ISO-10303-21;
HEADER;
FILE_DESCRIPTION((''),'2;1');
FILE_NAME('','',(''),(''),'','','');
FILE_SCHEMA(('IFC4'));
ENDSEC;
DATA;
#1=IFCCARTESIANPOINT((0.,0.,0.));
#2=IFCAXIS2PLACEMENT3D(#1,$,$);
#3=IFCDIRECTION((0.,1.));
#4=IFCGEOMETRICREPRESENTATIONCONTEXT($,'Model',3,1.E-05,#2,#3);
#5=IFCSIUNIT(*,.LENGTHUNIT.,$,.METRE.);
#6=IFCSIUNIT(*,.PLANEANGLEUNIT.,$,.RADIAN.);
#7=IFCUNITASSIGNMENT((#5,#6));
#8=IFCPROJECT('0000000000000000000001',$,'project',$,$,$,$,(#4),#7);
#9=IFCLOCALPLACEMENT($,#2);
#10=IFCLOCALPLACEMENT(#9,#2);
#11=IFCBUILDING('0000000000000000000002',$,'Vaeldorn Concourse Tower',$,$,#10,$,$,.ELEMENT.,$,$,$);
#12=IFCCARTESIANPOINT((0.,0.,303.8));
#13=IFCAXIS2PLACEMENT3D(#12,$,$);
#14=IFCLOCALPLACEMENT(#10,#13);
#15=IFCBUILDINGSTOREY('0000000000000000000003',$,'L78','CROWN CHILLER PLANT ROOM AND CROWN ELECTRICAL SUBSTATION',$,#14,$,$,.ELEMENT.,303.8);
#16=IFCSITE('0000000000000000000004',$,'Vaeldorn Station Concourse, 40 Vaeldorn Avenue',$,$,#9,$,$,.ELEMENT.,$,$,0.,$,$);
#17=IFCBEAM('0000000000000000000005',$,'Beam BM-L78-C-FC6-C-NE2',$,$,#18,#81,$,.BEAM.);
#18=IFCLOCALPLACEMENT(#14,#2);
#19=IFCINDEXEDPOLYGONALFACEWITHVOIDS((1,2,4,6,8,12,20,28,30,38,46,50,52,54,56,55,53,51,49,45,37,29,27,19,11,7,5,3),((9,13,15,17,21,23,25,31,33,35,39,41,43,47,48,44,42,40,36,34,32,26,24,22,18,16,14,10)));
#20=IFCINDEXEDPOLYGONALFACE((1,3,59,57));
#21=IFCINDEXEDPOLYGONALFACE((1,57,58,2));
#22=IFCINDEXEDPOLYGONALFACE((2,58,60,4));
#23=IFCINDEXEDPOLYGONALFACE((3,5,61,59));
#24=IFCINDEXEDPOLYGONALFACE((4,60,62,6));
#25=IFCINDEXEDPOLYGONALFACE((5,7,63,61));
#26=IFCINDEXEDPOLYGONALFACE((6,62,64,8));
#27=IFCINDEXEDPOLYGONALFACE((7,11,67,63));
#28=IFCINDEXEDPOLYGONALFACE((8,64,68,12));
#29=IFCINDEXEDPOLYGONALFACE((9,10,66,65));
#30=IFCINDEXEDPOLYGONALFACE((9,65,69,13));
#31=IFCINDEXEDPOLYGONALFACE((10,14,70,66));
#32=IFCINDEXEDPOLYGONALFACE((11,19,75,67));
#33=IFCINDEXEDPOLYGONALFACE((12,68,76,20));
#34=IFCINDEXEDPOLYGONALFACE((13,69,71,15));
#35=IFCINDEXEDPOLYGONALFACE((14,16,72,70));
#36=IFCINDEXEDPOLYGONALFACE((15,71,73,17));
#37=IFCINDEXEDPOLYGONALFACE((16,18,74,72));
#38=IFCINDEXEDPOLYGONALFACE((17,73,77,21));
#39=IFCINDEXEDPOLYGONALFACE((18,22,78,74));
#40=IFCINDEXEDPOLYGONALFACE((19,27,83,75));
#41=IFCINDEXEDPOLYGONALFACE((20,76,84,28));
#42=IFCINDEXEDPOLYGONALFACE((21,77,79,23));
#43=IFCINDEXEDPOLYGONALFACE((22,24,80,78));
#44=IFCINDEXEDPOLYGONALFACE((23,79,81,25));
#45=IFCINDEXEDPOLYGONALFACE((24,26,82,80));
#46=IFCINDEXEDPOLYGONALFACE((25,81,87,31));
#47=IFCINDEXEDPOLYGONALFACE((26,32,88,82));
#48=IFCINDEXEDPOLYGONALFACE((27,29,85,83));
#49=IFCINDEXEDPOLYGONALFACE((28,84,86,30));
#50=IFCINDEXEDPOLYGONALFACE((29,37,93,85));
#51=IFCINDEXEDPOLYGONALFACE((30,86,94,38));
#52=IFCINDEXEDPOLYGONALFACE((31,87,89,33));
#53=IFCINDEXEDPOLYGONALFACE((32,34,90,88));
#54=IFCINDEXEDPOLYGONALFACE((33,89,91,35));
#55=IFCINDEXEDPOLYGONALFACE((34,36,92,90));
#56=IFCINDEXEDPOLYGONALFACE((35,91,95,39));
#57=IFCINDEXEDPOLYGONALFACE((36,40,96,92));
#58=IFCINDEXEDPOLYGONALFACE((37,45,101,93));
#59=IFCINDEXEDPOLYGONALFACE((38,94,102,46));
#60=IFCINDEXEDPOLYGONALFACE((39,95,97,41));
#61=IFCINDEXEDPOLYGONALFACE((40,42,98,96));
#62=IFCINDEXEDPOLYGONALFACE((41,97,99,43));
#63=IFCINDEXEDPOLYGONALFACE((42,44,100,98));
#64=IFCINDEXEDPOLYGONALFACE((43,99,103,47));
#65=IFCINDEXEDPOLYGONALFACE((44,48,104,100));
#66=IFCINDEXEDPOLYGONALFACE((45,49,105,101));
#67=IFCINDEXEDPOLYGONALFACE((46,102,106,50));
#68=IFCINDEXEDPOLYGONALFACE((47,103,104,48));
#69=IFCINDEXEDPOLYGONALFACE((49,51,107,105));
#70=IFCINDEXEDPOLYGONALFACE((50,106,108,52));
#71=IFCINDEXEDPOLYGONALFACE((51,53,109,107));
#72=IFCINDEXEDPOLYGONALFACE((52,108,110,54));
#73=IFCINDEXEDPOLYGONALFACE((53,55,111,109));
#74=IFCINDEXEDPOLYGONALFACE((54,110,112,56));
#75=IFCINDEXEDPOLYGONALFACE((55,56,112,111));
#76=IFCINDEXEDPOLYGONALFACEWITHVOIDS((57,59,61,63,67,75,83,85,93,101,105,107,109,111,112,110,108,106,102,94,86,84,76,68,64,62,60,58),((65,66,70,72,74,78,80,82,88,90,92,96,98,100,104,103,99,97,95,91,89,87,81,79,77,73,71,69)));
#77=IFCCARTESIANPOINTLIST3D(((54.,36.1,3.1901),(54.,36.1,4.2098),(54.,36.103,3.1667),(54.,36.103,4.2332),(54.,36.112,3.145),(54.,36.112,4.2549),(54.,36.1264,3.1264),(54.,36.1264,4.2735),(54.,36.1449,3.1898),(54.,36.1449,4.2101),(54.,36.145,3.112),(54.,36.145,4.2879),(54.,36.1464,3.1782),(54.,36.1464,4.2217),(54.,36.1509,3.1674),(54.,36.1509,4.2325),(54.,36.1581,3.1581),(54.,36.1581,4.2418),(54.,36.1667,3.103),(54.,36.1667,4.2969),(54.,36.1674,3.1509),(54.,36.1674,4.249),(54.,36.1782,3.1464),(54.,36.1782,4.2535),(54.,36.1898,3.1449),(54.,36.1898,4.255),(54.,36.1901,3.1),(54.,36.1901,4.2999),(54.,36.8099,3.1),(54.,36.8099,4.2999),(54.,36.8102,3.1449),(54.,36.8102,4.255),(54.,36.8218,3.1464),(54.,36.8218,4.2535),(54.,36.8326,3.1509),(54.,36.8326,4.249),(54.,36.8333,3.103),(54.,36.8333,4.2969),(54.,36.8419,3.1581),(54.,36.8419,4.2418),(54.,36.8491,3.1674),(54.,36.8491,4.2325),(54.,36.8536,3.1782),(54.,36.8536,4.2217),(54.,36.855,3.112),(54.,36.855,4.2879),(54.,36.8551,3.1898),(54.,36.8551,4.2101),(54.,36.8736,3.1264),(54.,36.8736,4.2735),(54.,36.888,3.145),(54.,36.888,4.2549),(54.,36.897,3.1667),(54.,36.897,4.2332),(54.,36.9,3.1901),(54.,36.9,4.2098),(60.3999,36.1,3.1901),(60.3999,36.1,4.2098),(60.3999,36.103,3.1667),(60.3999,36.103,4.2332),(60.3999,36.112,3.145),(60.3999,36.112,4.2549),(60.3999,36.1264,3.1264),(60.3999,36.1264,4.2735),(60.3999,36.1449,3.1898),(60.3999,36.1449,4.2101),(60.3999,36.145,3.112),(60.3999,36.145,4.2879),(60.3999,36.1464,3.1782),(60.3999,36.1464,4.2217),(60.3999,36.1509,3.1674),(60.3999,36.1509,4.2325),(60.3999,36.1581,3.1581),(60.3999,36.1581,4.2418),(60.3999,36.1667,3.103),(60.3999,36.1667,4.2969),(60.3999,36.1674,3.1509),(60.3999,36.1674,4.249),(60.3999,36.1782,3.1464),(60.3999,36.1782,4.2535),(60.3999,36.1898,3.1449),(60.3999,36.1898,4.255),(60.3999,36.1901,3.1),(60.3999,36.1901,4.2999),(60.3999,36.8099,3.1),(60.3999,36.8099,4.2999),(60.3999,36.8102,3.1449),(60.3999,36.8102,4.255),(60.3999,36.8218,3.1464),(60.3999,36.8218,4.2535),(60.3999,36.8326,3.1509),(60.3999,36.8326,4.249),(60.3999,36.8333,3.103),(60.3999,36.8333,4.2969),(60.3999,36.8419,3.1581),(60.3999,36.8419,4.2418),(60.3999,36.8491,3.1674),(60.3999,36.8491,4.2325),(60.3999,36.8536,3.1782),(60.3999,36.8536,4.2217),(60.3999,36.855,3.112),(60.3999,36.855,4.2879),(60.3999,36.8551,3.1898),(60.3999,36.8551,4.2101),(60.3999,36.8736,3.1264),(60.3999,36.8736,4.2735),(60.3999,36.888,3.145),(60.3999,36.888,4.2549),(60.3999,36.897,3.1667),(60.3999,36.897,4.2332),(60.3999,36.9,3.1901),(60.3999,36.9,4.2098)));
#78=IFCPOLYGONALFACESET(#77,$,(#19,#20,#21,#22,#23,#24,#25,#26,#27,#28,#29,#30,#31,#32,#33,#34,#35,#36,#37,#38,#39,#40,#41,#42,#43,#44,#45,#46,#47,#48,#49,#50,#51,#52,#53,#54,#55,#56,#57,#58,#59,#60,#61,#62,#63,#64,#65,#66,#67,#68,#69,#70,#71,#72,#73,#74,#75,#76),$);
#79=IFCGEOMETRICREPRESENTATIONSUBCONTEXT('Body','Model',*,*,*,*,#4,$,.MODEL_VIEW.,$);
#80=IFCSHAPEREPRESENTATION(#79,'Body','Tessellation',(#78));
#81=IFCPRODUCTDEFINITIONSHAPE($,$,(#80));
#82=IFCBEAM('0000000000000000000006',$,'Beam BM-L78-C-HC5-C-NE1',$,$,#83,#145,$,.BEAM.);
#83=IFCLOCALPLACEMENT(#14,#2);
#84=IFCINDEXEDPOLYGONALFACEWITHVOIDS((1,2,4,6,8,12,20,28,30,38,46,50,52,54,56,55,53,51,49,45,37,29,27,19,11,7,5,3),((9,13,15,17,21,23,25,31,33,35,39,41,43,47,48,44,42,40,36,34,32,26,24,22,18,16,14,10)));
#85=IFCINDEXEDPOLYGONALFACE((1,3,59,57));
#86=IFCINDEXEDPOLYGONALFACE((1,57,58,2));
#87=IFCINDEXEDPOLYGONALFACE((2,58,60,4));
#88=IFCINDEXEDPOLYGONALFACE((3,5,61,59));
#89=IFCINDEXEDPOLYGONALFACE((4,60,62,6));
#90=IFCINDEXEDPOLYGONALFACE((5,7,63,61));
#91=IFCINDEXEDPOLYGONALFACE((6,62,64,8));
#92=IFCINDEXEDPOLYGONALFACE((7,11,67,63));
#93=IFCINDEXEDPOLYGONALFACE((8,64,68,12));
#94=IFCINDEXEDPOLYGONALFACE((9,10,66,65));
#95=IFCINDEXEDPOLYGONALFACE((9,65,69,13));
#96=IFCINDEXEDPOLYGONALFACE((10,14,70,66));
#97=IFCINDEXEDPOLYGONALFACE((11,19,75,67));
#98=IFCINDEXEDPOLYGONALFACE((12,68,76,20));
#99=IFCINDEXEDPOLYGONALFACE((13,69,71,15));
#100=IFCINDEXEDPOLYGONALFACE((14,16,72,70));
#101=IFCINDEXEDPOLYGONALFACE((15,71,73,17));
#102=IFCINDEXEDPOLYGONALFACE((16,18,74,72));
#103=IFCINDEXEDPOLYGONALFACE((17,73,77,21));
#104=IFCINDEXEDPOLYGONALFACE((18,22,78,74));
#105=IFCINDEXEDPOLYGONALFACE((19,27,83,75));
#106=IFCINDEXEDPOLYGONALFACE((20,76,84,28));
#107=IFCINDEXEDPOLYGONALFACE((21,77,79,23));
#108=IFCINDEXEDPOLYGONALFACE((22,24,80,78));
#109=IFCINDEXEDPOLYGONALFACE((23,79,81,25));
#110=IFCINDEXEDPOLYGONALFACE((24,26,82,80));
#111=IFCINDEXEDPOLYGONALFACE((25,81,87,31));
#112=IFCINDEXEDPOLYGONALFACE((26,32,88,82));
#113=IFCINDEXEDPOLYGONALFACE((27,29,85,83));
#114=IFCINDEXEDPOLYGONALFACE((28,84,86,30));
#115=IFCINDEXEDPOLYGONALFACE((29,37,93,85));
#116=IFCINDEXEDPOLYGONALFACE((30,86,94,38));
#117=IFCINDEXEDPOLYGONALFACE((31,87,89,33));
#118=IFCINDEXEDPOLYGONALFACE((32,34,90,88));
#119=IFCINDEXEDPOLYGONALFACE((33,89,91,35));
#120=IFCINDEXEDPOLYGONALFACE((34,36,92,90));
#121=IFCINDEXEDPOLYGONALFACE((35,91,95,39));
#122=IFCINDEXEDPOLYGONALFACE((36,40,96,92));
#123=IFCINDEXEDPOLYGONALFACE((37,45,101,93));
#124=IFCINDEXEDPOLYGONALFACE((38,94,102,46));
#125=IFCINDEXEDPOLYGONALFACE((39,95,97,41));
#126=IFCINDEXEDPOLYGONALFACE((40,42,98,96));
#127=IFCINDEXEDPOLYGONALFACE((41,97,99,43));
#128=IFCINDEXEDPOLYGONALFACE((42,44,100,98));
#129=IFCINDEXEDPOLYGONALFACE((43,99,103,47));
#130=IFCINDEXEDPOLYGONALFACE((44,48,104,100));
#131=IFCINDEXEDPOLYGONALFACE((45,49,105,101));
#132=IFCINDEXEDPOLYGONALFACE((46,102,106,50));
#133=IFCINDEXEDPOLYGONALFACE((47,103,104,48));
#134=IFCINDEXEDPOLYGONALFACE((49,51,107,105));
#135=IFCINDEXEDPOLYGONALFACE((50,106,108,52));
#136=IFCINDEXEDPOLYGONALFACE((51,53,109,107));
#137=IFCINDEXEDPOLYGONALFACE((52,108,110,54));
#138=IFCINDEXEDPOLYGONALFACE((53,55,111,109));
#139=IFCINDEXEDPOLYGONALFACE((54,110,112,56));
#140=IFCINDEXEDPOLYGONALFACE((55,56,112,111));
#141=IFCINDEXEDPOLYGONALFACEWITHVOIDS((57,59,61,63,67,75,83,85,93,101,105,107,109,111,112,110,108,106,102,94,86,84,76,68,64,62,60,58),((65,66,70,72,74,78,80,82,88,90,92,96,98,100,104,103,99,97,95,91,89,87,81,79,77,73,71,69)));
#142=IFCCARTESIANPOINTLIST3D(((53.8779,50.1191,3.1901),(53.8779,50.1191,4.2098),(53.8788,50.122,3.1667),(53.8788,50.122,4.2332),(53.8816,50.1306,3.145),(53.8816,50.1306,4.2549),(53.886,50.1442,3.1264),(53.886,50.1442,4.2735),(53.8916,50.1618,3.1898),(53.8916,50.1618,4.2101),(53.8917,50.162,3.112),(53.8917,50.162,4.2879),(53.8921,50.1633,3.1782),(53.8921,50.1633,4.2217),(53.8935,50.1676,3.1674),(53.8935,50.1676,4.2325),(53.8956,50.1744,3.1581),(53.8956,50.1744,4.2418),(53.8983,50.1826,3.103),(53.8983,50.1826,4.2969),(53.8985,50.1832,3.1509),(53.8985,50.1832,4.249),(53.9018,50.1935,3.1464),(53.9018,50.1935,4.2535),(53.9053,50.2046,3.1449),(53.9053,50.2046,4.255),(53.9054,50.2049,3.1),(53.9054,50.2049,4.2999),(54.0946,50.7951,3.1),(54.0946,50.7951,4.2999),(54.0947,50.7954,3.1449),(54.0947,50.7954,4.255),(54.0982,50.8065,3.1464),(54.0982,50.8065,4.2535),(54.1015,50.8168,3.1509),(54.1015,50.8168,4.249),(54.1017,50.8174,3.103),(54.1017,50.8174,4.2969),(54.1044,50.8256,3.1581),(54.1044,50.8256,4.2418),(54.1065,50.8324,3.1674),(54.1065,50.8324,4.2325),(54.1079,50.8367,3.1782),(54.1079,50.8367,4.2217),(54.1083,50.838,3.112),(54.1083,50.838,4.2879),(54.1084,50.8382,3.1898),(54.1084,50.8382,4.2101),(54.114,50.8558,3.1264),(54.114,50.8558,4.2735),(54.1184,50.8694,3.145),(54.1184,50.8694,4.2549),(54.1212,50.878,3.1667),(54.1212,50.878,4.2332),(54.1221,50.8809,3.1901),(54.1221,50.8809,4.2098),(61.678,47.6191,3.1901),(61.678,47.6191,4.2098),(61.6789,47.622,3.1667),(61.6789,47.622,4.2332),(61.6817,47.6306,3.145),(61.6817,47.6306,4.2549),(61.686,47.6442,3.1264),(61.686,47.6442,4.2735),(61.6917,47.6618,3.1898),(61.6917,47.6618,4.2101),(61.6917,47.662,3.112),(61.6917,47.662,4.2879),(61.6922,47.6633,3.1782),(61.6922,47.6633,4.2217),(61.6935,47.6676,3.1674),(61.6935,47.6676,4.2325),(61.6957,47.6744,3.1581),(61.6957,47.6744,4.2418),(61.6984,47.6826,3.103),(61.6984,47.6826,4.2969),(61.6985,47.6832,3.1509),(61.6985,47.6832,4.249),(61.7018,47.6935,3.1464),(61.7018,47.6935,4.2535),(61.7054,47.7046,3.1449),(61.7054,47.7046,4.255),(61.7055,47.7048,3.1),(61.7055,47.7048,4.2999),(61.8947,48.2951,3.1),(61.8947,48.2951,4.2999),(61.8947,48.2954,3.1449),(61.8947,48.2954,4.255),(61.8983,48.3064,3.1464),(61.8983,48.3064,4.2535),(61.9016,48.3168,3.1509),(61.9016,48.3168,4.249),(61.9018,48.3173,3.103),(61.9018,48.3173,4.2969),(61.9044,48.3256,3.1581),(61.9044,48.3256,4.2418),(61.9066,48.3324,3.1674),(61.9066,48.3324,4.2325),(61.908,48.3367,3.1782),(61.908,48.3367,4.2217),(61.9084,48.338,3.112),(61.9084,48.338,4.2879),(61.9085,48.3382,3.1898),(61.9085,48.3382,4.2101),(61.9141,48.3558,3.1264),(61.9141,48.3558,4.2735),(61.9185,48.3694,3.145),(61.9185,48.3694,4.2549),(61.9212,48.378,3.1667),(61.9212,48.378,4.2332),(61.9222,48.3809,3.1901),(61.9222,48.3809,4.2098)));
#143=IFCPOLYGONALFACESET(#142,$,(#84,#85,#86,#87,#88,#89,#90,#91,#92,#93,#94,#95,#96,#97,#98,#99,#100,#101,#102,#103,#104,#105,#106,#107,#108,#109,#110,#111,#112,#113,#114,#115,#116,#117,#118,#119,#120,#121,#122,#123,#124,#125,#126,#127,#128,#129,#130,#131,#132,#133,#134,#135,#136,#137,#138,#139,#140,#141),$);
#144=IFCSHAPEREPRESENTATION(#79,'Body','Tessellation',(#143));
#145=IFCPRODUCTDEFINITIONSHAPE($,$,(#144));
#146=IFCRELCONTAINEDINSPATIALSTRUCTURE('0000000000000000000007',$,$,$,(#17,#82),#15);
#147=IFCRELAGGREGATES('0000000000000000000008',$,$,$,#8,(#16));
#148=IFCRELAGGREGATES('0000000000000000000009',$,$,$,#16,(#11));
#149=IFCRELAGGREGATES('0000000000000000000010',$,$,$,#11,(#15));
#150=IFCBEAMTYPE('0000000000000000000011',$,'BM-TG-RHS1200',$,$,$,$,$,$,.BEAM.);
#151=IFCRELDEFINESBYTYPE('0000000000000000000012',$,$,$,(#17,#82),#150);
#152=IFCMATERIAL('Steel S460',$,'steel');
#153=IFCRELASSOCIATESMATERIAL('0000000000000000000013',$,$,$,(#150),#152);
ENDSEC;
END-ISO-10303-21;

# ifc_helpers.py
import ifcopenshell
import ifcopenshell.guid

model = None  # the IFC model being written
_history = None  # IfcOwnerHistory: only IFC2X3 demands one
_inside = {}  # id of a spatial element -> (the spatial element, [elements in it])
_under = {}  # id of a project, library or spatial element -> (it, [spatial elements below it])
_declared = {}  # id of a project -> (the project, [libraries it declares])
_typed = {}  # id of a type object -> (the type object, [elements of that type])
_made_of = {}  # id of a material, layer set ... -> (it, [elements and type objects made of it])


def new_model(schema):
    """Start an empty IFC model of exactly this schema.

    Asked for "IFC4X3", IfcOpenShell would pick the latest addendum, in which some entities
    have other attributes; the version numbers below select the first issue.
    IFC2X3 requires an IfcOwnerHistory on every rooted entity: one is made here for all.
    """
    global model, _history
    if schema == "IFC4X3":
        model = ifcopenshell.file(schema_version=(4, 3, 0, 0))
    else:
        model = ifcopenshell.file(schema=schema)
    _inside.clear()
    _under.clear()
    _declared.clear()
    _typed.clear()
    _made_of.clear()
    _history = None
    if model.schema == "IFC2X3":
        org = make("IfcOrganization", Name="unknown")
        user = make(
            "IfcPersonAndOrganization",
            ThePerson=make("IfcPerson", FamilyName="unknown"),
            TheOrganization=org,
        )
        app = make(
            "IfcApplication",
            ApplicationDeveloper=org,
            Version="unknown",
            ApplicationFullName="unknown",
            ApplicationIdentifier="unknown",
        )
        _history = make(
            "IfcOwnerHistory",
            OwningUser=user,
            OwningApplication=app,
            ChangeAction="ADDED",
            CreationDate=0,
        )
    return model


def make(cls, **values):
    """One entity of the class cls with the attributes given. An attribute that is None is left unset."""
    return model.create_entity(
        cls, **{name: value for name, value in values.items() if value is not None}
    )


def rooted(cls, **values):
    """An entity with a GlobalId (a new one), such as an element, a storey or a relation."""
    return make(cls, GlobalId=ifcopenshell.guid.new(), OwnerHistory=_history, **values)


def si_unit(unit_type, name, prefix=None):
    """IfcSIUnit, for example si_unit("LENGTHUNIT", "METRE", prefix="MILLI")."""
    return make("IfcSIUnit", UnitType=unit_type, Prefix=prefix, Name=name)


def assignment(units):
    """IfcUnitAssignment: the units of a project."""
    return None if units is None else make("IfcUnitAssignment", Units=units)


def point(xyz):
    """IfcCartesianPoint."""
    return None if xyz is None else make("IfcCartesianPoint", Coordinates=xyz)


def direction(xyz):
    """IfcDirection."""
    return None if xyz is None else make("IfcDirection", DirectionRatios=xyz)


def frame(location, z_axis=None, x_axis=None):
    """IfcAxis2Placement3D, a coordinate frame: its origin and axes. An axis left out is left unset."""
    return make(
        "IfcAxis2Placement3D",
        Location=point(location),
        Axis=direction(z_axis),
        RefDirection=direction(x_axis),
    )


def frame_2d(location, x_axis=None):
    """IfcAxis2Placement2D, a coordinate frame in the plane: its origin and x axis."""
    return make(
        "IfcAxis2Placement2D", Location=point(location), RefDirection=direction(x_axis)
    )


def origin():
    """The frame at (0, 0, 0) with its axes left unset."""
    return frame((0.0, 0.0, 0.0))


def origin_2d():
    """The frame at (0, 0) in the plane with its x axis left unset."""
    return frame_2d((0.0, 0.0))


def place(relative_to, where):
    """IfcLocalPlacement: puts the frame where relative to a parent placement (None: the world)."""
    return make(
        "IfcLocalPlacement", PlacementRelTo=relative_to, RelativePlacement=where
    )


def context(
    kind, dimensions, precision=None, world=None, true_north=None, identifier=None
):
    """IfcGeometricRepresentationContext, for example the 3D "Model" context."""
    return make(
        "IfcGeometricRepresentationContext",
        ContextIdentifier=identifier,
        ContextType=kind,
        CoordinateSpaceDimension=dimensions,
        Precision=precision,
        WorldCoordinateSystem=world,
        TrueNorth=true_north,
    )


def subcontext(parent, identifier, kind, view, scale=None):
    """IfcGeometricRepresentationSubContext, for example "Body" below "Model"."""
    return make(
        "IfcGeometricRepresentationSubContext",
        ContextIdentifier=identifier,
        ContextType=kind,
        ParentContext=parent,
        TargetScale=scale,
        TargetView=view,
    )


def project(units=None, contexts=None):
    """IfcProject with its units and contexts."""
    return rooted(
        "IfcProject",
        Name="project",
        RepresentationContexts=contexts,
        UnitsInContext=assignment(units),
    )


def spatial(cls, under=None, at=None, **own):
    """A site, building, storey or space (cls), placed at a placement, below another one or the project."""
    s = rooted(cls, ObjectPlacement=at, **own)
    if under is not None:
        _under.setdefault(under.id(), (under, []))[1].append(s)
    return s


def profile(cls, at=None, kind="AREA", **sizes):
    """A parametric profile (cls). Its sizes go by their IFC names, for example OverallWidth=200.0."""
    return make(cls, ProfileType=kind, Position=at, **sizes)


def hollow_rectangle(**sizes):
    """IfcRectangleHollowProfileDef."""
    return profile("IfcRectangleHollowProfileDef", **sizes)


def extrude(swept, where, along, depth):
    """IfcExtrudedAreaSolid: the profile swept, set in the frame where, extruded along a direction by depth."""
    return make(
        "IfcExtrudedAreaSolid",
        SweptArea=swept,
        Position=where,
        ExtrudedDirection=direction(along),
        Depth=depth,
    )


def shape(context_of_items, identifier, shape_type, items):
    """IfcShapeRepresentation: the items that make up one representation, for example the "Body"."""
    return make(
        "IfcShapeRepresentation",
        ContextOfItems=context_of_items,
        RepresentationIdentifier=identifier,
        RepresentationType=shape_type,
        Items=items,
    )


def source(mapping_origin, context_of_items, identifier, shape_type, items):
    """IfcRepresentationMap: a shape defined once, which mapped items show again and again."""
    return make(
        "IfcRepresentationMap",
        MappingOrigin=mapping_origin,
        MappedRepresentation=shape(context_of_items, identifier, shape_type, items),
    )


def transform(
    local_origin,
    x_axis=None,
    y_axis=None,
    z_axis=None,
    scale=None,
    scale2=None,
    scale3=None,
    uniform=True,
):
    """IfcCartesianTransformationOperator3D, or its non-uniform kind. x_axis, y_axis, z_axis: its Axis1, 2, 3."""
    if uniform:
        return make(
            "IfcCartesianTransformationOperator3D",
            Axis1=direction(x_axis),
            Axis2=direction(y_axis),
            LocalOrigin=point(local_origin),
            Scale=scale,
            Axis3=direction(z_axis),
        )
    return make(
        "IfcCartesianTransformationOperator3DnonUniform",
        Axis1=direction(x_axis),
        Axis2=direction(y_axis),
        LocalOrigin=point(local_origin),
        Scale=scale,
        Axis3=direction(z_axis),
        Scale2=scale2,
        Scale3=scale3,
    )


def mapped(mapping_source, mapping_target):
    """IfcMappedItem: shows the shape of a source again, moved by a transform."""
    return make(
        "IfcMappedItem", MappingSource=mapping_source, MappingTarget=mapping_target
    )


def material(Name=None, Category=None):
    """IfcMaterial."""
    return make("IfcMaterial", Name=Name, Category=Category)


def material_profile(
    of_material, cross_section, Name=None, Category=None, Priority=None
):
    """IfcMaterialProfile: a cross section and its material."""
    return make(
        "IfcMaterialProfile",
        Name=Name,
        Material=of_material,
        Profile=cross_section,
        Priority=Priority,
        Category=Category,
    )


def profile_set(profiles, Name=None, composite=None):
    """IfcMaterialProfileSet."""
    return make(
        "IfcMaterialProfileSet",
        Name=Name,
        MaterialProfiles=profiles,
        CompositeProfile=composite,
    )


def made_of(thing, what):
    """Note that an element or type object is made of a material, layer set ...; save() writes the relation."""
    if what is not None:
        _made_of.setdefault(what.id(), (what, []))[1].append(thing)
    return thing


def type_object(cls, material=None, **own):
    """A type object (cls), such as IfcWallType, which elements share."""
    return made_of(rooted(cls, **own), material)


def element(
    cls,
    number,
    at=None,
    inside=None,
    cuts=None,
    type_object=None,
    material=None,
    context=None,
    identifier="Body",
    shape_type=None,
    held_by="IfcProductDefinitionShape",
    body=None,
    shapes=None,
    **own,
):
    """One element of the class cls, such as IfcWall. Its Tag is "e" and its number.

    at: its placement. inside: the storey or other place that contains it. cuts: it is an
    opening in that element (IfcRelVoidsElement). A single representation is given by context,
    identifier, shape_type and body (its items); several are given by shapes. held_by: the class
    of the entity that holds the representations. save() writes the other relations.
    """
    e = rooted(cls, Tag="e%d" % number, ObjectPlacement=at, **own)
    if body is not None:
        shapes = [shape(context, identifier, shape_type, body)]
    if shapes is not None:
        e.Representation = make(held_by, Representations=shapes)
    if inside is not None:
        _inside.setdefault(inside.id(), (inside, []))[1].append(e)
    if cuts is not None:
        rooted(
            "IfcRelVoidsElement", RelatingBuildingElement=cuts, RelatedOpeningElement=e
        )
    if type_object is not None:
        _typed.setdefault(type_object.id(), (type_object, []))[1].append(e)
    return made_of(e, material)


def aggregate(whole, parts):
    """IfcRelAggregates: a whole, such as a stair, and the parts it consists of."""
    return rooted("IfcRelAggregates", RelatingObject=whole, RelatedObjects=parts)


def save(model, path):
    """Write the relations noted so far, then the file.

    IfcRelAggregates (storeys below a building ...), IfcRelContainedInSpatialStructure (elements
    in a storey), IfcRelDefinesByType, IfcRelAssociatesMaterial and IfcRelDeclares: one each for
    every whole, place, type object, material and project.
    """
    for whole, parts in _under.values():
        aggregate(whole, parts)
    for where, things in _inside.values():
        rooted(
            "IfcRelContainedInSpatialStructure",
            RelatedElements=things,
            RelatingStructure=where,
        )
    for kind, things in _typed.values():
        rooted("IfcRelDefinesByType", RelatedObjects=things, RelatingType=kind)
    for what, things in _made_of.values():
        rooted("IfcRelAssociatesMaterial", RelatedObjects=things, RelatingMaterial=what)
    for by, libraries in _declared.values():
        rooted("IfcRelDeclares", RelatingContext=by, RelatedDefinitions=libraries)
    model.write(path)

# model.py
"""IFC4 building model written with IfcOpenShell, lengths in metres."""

from ifc_helpers import new_model, si_unit, direction, frame, origin, origin_2d, place, context, subcontext, project, spatial, hollow_rectangle, extrude, source, transform, mapped, material, material_profile, profile_set, type_object, element, save


model = new_model("IFC4")

# Units and contexts
model_context = context("Model", 3, precision=1e-05, world=origin(), true_north=direction((0.0, 1.0)))
body_context = subcontext(model_context, "Body", "Model", "MODEL_VIEW")
ifc_project = project(units=[si_unit("LENGTHUNIT", "METRE"), si_unit("PLANEANGLEUNIT", "RADIAN")], contexts=[model_context])

# Site, building, storey
site_placement = place(None, origin())
site = spatial("IfcSite", under=ifc_project, at=site_placement, Name="Vaeldorn Station Concourse, 40 Vaeldorn Avenue", CompositionType="ELEMENT", RefElevation=0.0)
building_placement = place(site_placement, origin())
building = spatial("IfcBuilding", under=site, at=building_placement, Name="Vaeldorn Concourse Tower", CompositionType="ELEMENT")
storey_placement = place(building_placement, frame((0.0, 0.0, 303.8)))
storey = spatial("IfcBuildingStorey", under=building, at=storey_placement, Name="L78", Description="CROWN CHILLER PLANT ROOM AND CROWN ELECTRICAL SUBSTATION", CompositionType="ELEMENT", Elevation=303.8)

# Beams
ifc_material_1 = material(Name="Steel S460", Category="steel")
ifc_material_profile_1 = material_profile(ifc_material_1, hollow_rectangle(XDim=0.8, YDim=1.2, WallThickness=0.0449, InnerFilletRadius=0.0449, OuterFilletRadius=0.0901, at=origin_2d()), Name="RHS 1200x800x45")
ifc_profile_set_1 = profile_set([ifc_material_profile_1], Name="Steel S460")
beam_type = type_object("IfcBeamType", Name="BM-TG-RHS1200", PredefinedType="BEAM", material=ifc_profile_set_1)
shared_shape_1 = source(origin(), body_context, "Body", "SweptSolid", [
    extrude(hollow_rectangle(XDim=0.8, YDim=1.2, WallThickness=0.0449, InnerFilletRadius=0.0449, OuterFilletRadius=0.0901, at=origin_2d()), origin(), (0.0, 0.0, 1.0), 6.3999),
])
beam_1_placement = place(storey_placement, frame((54.0, 36.5, 3.7), z_axis=(1.0, 0.0, 0.0), x_axis=(0.0, 1.0, 0.0)))
element("IfcBeam", 1, at=beam_1_placement, inside=storey, type_object=beam_type, Name="Beam BM-L78-C-FC6-C-NE2", PredefinedType="BEAM", context=body_context, shape_type="MappedRepresentation", body=[
    mapped(shared_shape_1, transform((0.0, 0.0, 0.0), scale=1.0)),
])
shared_shape_2 = source(origin(), body_context, "Body", "SweptSolid", [
    extrude(hollow_rectangle(XDim=0.8, YDim=1.2, WallThickness=0.0449, InnerFilletRadius=0.0449, OuterFilletRadius=0.0901, at=origin_2d()), origin(), (0.0, 0.0, 1.0), 8.1909),
])
beam_2_placement = place(storey_placement, frame((54.0, 50.5, 3.7), z_axis=(0.952283, -0.305217, 0.0), x_axis=(0.305217, 0.952283, 0.0)))
element("IfcBeam", 2, at=beam_2_placement, inside=storey, type_object=beam_type, Name="Beam BM-L78-C-HC5-C-NE1", PredefinedType="BEAM", context=body_context, shape_type="MappedRepresentation", body=[
    mapped(shared_shape_2, transform((0.0, 0.0, 0.0), scale=1.0)),
])

save(model, "model.ifc")
